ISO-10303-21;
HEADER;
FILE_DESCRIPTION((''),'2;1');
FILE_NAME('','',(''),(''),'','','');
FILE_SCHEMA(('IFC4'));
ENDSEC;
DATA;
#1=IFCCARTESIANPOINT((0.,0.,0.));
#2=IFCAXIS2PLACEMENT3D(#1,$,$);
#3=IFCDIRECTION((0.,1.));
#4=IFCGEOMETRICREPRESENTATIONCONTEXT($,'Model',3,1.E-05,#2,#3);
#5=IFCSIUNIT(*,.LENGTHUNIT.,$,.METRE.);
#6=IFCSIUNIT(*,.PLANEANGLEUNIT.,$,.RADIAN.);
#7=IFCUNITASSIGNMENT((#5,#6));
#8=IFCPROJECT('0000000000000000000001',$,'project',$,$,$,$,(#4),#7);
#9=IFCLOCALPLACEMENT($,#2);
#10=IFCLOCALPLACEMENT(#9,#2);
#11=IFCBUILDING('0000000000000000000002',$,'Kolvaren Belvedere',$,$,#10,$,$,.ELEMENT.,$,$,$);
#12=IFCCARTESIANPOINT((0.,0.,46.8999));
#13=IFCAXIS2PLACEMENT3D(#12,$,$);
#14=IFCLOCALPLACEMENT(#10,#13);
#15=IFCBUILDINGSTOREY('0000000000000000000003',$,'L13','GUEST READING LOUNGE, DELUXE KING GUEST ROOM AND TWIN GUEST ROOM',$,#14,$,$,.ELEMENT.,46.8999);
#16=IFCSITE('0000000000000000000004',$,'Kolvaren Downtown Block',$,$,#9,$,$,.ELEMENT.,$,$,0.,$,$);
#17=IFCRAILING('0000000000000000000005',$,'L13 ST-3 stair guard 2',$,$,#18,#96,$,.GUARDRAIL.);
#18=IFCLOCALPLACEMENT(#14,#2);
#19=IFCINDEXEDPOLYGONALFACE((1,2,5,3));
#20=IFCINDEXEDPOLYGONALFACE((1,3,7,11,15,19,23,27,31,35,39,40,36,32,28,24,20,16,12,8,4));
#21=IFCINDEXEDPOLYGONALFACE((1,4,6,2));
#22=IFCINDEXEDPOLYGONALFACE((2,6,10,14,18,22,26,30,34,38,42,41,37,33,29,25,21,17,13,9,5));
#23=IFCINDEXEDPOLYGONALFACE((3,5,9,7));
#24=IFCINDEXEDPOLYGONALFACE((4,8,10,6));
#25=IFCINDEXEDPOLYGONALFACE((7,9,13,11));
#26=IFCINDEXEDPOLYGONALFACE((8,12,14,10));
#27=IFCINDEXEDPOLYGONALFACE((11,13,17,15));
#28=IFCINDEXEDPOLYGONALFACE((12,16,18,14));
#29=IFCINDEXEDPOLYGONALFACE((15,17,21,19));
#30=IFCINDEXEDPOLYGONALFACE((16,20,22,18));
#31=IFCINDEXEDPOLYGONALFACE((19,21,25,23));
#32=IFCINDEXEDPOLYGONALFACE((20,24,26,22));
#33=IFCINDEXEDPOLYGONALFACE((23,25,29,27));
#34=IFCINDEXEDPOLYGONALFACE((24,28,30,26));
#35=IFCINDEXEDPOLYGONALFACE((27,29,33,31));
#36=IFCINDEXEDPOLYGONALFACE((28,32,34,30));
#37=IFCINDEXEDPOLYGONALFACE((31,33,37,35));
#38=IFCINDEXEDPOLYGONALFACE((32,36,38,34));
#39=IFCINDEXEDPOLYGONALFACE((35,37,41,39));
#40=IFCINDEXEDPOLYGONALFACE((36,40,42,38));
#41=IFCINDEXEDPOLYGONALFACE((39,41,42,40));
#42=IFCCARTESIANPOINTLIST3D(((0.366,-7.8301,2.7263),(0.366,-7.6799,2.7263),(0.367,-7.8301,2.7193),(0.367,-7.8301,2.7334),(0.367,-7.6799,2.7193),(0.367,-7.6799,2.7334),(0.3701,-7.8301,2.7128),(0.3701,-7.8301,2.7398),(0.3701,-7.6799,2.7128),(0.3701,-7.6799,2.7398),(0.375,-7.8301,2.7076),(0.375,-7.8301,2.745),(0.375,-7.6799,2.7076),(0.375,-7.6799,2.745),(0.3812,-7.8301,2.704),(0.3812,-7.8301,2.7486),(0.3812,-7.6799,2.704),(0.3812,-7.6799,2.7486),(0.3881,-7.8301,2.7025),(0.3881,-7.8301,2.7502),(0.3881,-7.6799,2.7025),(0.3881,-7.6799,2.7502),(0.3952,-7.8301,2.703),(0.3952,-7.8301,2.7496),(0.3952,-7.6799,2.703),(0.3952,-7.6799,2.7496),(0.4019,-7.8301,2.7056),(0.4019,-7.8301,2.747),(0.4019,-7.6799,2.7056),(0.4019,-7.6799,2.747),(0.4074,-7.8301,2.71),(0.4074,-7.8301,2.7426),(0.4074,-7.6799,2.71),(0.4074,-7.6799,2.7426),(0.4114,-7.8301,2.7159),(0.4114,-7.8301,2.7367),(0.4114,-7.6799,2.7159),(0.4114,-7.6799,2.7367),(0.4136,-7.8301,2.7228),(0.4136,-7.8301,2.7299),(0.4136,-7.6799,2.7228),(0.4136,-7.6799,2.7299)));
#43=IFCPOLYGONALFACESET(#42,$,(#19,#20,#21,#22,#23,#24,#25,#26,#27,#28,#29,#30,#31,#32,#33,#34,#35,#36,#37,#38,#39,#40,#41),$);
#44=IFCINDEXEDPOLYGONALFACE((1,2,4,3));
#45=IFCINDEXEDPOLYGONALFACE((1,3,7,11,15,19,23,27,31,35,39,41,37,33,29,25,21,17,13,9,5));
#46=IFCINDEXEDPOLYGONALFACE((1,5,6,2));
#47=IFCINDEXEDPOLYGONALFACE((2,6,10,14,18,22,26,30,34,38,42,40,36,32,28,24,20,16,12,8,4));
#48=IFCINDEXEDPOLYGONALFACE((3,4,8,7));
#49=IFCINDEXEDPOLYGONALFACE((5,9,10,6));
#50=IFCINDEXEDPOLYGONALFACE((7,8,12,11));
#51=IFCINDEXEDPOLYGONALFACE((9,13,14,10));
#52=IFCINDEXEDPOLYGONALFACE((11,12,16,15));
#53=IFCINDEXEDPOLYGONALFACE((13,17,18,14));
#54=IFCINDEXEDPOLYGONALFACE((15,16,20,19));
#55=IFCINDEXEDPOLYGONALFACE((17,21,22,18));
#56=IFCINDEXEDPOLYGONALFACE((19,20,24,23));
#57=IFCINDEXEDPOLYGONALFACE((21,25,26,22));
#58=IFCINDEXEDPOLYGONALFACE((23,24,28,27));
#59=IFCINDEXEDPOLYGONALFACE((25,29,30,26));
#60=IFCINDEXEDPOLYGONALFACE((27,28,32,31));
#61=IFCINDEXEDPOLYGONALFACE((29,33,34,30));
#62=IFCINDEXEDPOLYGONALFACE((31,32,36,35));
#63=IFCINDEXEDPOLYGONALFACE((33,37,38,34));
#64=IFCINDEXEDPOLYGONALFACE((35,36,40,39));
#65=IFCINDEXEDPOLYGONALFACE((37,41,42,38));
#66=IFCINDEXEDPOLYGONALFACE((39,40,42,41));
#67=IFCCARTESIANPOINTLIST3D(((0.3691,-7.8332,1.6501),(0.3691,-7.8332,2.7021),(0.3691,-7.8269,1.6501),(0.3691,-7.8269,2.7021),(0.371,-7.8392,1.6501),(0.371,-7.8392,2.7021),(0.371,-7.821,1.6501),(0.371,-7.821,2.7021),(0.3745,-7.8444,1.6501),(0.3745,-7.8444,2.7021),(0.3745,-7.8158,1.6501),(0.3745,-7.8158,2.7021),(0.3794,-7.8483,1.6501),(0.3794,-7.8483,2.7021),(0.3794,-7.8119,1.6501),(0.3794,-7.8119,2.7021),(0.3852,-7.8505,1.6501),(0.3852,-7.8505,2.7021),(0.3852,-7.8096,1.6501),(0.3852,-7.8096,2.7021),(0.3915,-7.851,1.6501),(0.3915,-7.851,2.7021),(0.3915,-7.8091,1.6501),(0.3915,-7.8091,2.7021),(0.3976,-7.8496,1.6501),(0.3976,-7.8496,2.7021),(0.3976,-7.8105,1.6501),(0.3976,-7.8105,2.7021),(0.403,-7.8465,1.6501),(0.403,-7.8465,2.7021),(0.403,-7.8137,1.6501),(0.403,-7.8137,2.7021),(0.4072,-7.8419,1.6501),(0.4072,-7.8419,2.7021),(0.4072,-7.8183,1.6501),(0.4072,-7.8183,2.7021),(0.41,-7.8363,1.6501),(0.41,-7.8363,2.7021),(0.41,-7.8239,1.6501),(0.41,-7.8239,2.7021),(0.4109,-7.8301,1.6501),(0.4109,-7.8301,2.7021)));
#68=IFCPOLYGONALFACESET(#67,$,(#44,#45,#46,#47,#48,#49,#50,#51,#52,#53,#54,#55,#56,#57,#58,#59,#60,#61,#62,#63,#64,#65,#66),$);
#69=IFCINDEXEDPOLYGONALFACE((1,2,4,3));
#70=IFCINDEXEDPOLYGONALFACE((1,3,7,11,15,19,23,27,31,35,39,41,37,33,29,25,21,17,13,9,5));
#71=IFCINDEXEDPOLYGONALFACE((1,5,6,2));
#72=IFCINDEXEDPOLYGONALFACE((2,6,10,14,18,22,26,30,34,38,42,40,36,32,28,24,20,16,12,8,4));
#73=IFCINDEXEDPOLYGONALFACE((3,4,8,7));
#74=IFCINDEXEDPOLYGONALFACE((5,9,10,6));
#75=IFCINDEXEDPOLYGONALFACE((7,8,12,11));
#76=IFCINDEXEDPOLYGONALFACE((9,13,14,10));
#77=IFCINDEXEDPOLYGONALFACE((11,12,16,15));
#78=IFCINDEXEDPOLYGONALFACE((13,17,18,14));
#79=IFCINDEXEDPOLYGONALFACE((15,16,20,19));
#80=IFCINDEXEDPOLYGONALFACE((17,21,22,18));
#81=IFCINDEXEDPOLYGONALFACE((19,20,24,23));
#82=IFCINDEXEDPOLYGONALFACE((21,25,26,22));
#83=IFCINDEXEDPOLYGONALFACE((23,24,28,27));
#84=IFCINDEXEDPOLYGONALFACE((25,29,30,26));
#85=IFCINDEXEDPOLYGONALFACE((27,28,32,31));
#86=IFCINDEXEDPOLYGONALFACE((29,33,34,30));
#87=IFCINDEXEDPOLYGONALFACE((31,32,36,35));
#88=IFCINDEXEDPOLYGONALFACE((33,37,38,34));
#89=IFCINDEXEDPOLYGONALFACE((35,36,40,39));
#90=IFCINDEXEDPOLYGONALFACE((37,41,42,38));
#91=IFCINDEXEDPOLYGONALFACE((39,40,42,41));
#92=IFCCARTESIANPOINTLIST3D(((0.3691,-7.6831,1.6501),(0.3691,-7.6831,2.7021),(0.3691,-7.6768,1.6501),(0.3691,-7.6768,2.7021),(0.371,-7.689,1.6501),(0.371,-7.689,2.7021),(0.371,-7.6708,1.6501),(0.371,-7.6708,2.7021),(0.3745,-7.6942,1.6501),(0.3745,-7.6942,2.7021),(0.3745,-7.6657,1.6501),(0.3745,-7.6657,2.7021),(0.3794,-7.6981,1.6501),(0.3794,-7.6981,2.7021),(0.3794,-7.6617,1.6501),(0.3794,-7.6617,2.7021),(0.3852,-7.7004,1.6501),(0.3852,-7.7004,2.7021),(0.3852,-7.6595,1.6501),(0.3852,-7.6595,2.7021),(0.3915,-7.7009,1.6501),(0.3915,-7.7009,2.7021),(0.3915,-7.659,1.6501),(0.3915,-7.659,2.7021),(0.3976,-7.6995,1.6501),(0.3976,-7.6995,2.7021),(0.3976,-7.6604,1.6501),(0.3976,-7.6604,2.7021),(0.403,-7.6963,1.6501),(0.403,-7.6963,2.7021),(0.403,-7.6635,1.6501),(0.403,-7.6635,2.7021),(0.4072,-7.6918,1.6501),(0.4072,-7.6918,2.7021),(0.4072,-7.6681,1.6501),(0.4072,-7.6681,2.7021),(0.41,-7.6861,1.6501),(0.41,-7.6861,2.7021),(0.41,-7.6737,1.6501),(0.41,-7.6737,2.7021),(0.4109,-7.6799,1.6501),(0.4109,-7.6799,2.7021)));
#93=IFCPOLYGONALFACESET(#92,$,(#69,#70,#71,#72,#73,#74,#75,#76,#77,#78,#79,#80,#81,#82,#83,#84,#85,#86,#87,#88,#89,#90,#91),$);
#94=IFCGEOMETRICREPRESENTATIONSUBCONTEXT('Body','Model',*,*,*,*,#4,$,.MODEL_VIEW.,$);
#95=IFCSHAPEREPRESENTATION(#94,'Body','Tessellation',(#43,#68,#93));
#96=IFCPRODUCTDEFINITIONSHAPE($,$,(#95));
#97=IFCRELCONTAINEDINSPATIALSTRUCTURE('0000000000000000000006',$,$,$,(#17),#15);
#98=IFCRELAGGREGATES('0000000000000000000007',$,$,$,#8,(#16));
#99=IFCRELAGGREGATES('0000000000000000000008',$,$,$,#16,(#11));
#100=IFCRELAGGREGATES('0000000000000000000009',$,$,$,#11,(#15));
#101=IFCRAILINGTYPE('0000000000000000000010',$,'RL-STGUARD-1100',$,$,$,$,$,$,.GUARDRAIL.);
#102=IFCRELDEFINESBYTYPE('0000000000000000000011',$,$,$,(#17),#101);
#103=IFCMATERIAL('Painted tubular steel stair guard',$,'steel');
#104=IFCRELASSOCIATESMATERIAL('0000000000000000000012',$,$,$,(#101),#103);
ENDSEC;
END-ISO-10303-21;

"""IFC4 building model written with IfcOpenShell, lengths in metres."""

from ifc_helpers import new_model, si_unit, direction, frame, origin, origin_2d, place, context, subcontext, project, spatial, circle, extrude, material, type_object, element, save


model = new_model("IFC4")

# Units and contexts
model_context = context("Model", 3, precision=1e-05, world=origin(), true_north=direction((0.0, 1.0)))
body_context = subcontext(model_context, "Body", "Model", "MODEL_VIEW")
ifc_project = project(units=[si_unit("LENGTHUNIT", "METRE"), si_unit("PLANEANGLEUNIT", "RADIAN")], contexts=[model_context])

# Site, building, storey
site_placement = place(None, origin())
site = spatial("IfcSite", under=ifc_project, at=site_placement, Name="Kolvaren Downtown Block", CompositionType="ELEMENT", RefElevation=0.0)
building_placement = place(site_placement, origin())
building = spatial("IfcBuilding", under=site, at=building_placement, Name="Kolvaren Belvedere", CompositionType="ELEMENT")
storey_placement = place(building_placement, frame((0.0, 0.0, 46.8999)))
storey = spatial("IfcBuildingStorey", under=building, at=storey_placement, Name="L13", Description="GUEST READING LOUNGE, DELUXE KING GUEST ROOM AND TWIN GUEST ROOM", CompositionType="ELEMENT", Elevation=46.8999)

# Railing
ifc_material_1 = material(Name="Painted tubular steel stair guard", Category="steel")
railing_type_1 = type_object("IfcRailingType", Name="RL-STGUARD-1100", PredefinedType="GUARDRAIL", material=ifc_material_1)
railing_1_placement = place(storey_placement, frame((0.3899, -7.8301, 1.6501)))
element("IfcRailing", 1, at=railing_1_placement, inside=storey, type_object=railing_type_1, Name="L13 ST-3 stair guard 2", PredefinedType="GUARDRAIL", context=body_context, shape_type="SweptSolid", body=[
    extrude(circle(Radius=0.0239, at=origin_2d()), frame((0.0, 0.0, 1.0762), z_axis=(0.0, 1.0, 0.0), x_axis=(-1.0, 0.0, 0.0)), (0.0, 0.0, 1.0), 0.1501),
    extrude(circle(Radius=0.021, at=origin_2d()), origin(), (0.0, 0.0, 1.0), 1.052),
    extrude(circle(Radius=0.021, at=origin_2d()), frame((0.0, 0.1501, 0.0)), (0.0, 0.0, 1.0), 1.052),
])

save(model, "model.ifc")
